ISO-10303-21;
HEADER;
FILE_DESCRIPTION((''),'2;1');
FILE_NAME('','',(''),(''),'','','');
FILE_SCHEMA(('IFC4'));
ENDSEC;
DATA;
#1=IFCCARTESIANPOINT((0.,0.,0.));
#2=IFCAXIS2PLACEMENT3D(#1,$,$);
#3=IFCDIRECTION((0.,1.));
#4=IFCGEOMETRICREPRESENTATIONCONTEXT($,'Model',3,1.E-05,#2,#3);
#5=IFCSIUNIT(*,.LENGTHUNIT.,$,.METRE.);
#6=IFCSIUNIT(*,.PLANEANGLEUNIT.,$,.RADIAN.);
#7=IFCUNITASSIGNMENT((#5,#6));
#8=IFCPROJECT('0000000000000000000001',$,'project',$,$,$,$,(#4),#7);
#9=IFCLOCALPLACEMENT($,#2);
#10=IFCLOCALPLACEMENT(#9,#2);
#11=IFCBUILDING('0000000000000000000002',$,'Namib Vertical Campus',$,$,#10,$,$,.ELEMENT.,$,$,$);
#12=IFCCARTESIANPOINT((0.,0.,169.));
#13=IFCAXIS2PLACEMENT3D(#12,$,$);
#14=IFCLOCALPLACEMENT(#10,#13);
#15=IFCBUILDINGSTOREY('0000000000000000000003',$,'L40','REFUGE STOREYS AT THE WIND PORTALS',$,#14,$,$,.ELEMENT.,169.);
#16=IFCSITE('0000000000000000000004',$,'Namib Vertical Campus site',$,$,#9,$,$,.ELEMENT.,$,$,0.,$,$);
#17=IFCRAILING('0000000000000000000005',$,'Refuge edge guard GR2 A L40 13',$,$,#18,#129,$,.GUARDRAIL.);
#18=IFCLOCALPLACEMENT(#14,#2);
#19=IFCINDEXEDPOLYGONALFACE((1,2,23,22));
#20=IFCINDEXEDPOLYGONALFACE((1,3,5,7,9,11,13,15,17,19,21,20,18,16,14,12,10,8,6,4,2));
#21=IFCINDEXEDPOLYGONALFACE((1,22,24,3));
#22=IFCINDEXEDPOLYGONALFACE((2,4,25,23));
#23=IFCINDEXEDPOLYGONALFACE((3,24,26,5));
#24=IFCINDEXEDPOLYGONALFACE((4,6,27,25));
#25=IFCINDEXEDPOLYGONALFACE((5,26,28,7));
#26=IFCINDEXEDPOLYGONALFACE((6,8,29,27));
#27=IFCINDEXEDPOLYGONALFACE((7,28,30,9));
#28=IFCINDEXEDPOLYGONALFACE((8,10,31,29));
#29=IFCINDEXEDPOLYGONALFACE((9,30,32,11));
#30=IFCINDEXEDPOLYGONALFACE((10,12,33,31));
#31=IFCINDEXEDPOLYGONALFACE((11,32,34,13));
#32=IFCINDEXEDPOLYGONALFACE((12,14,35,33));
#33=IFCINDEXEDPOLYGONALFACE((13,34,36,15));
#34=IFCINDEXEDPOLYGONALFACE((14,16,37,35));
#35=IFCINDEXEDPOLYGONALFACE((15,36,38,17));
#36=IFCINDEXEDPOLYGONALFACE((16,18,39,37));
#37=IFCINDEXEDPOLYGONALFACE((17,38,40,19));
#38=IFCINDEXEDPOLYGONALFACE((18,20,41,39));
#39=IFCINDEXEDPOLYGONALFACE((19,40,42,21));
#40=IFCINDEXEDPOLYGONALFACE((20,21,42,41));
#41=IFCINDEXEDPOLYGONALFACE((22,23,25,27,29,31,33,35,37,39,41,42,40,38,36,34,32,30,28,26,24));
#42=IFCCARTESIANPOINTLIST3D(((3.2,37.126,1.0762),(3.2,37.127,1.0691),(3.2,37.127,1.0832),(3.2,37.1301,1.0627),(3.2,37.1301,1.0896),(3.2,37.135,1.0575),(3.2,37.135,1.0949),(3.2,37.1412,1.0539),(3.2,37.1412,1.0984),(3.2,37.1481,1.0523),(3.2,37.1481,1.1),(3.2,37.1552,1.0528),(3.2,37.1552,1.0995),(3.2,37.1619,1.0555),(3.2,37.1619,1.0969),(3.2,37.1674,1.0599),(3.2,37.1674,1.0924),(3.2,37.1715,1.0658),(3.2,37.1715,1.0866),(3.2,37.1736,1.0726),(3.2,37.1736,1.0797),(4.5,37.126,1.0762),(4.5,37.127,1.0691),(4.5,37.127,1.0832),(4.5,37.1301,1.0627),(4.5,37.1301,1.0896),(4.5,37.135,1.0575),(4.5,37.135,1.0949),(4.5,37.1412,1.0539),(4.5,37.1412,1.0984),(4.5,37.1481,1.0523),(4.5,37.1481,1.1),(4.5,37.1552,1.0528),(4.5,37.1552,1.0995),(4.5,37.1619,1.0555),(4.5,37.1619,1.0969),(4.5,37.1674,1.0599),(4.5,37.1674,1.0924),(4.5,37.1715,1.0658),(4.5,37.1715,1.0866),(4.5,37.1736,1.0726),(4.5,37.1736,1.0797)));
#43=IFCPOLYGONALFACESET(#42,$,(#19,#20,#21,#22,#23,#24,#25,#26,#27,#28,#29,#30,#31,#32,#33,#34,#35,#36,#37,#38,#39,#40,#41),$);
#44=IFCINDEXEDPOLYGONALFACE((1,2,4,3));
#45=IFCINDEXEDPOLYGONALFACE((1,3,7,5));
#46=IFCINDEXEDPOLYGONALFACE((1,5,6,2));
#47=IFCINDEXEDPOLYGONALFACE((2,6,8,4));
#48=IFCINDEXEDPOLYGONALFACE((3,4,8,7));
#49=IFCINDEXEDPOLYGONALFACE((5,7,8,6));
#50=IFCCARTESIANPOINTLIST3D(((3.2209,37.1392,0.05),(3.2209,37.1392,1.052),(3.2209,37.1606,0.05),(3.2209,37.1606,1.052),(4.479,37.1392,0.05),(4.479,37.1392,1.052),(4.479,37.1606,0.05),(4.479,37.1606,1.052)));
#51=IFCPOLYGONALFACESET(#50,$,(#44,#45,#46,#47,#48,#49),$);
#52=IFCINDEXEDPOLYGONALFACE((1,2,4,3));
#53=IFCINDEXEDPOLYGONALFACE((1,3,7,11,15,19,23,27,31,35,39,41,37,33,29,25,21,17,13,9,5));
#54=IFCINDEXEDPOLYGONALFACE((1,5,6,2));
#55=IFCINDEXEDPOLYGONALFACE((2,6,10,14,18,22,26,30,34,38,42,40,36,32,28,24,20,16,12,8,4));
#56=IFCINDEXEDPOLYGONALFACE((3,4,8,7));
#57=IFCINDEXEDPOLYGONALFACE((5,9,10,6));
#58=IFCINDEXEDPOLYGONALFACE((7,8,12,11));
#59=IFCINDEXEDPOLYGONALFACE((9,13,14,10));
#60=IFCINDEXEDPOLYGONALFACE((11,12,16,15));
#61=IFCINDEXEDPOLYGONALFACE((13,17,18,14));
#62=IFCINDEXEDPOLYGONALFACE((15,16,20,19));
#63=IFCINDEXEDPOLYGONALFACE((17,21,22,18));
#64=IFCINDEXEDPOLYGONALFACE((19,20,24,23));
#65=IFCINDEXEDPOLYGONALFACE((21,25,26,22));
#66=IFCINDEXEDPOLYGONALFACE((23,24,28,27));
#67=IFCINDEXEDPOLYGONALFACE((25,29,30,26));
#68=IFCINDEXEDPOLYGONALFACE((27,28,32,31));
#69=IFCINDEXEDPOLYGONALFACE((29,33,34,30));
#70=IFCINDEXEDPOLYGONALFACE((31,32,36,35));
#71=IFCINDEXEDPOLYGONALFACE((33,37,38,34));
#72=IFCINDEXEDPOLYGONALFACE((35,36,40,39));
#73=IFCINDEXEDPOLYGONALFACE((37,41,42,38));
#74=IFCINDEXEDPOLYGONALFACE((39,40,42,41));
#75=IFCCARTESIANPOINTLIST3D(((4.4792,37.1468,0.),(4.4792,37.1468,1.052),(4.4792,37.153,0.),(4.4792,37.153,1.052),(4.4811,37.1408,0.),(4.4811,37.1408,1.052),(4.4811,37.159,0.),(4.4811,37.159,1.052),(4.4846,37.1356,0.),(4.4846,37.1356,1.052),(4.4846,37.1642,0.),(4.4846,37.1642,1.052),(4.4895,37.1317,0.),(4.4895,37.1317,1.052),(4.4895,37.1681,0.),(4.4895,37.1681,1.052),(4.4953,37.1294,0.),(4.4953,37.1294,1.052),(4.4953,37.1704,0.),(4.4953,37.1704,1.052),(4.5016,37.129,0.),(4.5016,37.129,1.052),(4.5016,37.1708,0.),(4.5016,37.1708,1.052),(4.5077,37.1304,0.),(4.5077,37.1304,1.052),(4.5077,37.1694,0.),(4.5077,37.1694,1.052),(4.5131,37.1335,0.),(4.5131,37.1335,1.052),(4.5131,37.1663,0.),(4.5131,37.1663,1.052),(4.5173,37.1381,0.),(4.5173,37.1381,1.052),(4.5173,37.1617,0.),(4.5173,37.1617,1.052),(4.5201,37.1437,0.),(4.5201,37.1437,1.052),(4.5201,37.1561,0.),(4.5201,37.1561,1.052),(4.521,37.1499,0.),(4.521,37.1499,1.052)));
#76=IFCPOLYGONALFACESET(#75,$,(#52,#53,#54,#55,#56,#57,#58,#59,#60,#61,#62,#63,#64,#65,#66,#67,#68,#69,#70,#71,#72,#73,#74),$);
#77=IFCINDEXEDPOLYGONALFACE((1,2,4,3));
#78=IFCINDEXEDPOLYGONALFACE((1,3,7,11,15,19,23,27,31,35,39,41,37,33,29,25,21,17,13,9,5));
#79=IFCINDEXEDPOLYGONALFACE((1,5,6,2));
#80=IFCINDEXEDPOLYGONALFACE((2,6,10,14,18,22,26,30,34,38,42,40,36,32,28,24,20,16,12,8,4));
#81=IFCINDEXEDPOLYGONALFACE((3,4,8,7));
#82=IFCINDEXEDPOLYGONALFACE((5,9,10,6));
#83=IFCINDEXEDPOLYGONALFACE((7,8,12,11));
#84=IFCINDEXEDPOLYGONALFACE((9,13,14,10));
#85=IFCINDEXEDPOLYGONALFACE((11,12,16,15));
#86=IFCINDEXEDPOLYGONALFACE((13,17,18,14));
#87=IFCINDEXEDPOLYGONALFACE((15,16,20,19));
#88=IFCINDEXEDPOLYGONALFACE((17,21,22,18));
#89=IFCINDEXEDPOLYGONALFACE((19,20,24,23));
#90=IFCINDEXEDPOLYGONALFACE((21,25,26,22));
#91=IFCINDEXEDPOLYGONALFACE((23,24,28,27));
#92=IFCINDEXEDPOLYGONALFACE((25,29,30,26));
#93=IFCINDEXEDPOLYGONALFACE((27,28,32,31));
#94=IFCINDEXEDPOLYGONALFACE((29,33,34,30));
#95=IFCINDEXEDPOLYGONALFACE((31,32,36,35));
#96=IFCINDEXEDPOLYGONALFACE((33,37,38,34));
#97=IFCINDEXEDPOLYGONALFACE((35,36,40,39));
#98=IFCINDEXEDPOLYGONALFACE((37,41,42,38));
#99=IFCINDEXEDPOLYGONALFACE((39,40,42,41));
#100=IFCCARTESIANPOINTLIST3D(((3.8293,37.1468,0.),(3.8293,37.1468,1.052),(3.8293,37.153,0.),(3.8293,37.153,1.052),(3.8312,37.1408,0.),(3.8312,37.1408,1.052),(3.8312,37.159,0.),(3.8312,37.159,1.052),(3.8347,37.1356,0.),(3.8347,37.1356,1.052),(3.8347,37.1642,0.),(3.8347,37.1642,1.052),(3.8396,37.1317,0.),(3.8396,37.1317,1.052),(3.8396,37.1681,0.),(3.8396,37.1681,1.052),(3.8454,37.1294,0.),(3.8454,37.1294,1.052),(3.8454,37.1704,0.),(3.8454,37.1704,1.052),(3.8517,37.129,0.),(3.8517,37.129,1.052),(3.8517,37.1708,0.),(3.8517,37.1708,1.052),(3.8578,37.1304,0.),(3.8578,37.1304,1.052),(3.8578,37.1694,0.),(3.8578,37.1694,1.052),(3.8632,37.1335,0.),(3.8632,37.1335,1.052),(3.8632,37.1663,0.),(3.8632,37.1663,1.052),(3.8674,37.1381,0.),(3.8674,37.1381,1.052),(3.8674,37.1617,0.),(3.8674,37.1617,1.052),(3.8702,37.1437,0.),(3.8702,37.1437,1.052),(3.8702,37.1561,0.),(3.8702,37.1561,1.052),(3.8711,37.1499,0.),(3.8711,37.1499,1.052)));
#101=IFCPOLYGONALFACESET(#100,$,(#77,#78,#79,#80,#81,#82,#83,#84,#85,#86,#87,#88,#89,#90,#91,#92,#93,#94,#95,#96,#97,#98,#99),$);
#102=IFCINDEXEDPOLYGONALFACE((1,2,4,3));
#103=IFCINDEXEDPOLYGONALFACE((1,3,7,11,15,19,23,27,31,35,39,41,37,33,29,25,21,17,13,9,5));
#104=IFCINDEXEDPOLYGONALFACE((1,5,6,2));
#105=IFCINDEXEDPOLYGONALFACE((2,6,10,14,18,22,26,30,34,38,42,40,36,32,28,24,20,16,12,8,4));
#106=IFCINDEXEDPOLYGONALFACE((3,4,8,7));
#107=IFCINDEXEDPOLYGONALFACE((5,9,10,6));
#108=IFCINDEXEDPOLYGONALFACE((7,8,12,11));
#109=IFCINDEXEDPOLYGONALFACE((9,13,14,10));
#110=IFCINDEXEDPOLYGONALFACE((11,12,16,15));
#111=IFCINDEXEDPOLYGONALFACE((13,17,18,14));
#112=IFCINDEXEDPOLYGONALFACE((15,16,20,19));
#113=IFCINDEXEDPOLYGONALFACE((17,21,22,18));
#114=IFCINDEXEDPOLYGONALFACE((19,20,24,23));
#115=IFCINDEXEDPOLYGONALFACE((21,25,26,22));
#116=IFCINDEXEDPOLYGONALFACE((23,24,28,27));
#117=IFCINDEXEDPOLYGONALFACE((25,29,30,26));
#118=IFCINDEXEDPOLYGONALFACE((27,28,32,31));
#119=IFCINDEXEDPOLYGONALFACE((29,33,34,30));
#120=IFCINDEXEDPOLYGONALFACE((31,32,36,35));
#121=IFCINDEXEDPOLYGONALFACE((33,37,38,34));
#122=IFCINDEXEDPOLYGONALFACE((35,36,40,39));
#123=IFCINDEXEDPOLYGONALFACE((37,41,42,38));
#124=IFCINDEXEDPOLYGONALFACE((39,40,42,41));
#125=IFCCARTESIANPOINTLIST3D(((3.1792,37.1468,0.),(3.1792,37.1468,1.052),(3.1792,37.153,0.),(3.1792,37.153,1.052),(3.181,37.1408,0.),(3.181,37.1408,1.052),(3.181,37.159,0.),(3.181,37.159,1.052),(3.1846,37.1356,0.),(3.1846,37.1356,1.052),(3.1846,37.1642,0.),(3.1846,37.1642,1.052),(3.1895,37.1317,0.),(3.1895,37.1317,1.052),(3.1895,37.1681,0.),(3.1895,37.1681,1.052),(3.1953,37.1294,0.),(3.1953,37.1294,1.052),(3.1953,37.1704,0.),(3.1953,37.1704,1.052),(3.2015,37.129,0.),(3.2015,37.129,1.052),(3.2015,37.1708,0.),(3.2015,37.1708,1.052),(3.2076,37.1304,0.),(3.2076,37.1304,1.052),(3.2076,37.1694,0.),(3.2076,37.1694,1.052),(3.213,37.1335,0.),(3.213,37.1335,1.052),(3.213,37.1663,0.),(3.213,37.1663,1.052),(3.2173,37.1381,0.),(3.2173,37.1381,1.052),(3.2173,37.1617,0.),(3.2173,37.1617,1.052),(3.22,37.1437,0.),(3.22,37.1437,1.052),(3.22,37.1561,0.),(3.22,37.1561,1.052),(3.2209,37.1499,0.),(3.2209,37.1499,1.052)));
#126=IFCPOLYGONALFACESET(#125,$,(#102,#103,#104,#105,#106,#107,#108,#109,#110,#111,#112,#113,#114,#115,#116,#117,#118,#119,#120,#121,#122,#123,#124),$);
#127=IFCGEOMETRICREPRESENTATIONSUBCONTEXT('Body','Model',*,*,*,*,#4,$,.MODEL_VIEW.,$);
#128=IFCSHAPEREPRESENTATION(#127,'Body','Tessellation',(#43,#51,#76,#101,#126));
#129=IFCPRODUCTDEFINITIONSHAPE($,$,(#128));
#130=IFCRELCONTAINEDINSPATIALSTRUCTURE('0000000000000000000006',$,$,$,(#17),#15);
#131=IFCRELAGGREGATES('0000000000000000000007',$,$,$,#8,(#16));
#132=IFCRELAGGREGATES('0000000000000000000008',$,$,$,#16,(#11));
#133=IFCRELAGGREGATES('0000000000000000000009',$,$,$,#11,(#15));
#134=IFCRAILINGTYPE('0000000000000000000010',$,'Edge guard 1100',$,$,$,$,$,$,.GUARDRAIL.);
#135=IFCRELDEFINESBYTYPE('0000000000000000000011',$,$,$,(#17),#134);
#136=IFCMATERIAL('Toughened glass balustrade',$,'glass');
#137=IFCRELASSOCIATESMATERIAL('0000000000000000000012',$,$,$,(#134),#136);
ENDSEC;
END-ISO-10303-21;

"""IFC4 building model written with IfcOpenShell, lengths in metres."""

from ifc_helpers import new_model, si_unit, direction, frame, origin, origin_2d, place, context, subcontext, project, spatial, polyline, circle, outline, extrude, material, type_object, element, save


model = new_model("IFC4")

# Units and contexts
model_context = context("Model", 3, precision=1e-05, world=origin(), true_north=direction((0.0, 1.0)))
body_context = subcontext(model_context, "Body", "Model", "MODEL_VIEW")
ifc_project = project(units=[si_unit("LENGTHUNIT", "METRE"), si_unit("PLANEANGLEUNIT", "RADIAN")], contexts=[model_context])

# Site, building, storey
site_placement = place(None, origin())
site = spatial("IfcSite", under=ifc_project, at=site_placement, Name="Namib Vertical Campus site", CompositionType="ELEMENT", RefElevation=0.0)
building_placement = place(site_placement, origin())
building = spatial("IfcBuilding", under=site, at=building_placement, Name="Namib Vertical Campus", CompositionType="ELEMENT")
storey_placement = place(building_placement, frame((0.0, 0.0, 169.0)))
storey = spatial("IfcBuildingStorey", under=building, at=storey_placement, Name="L40", Description="REFUGE STOREYS AT THE WIND PORTALS", CompositionType="ELEMENT", Elevation=169.0)

# Railing
ifc_material_1 = material(Name="Toughened glass balustrade", Category="glass")
railing_type_1 = type_object("IfcRailingType", Name="Edge guard 1100", PredefinedType="GUARDRAIL", material=ifc_material_1)
railing_1_placement = place(storey_placement, frame((4.5, 37.1499, 0.0)))
element("IfcRailing", 1, at=railing_1_placement, inside=storey, type_object=railing_type_1, Name="Refuge edge guard GR2 A L40 13", PredefinedType="GUARDRAIL", context=body_context, shape_type="SweptSolid", body=[
    extrude(circle(Radius=0.0239, at=origin_2d()), frame((0.0, 0.0, 1.0762), z_axis=(-1.0, 0.0, 0.0), x_axis=(0.0, -1.0, 0.0)), (0.0, 0.0, 1.0), 1.3),
    extrude(outline(polyline([(0.021, 0.05), (1.2791, 0.05), (1.2791, 1.052), (0.021, 1.052), (0.021, 0.05)])), frame((0.0, -0.0107, 0.0), z_axis=(0.0, 1.0, 0.0), x_axis=(-1.0, 0.0, 0.0)), (0.0, 0.0, 1.0), 0.0215),
    extrude(circle(Radius=0.021, at=origin_2d()), origin(), (0.0, 0.0, 1.0), 1.052),
    extrude(circle(Radius=0.021, at=origin_2d()), frame((-0.6499, 0.0, 0.0)), (0.0, 0.0, 1.0), 1.052),
    extrude(circle(Radius=0.021, at=origin_2d()), frame((-1.3, 0.0, 0.0)), (0.0, 0.0, 1.0), 1.052),
])

save(model, "model.ifc")
